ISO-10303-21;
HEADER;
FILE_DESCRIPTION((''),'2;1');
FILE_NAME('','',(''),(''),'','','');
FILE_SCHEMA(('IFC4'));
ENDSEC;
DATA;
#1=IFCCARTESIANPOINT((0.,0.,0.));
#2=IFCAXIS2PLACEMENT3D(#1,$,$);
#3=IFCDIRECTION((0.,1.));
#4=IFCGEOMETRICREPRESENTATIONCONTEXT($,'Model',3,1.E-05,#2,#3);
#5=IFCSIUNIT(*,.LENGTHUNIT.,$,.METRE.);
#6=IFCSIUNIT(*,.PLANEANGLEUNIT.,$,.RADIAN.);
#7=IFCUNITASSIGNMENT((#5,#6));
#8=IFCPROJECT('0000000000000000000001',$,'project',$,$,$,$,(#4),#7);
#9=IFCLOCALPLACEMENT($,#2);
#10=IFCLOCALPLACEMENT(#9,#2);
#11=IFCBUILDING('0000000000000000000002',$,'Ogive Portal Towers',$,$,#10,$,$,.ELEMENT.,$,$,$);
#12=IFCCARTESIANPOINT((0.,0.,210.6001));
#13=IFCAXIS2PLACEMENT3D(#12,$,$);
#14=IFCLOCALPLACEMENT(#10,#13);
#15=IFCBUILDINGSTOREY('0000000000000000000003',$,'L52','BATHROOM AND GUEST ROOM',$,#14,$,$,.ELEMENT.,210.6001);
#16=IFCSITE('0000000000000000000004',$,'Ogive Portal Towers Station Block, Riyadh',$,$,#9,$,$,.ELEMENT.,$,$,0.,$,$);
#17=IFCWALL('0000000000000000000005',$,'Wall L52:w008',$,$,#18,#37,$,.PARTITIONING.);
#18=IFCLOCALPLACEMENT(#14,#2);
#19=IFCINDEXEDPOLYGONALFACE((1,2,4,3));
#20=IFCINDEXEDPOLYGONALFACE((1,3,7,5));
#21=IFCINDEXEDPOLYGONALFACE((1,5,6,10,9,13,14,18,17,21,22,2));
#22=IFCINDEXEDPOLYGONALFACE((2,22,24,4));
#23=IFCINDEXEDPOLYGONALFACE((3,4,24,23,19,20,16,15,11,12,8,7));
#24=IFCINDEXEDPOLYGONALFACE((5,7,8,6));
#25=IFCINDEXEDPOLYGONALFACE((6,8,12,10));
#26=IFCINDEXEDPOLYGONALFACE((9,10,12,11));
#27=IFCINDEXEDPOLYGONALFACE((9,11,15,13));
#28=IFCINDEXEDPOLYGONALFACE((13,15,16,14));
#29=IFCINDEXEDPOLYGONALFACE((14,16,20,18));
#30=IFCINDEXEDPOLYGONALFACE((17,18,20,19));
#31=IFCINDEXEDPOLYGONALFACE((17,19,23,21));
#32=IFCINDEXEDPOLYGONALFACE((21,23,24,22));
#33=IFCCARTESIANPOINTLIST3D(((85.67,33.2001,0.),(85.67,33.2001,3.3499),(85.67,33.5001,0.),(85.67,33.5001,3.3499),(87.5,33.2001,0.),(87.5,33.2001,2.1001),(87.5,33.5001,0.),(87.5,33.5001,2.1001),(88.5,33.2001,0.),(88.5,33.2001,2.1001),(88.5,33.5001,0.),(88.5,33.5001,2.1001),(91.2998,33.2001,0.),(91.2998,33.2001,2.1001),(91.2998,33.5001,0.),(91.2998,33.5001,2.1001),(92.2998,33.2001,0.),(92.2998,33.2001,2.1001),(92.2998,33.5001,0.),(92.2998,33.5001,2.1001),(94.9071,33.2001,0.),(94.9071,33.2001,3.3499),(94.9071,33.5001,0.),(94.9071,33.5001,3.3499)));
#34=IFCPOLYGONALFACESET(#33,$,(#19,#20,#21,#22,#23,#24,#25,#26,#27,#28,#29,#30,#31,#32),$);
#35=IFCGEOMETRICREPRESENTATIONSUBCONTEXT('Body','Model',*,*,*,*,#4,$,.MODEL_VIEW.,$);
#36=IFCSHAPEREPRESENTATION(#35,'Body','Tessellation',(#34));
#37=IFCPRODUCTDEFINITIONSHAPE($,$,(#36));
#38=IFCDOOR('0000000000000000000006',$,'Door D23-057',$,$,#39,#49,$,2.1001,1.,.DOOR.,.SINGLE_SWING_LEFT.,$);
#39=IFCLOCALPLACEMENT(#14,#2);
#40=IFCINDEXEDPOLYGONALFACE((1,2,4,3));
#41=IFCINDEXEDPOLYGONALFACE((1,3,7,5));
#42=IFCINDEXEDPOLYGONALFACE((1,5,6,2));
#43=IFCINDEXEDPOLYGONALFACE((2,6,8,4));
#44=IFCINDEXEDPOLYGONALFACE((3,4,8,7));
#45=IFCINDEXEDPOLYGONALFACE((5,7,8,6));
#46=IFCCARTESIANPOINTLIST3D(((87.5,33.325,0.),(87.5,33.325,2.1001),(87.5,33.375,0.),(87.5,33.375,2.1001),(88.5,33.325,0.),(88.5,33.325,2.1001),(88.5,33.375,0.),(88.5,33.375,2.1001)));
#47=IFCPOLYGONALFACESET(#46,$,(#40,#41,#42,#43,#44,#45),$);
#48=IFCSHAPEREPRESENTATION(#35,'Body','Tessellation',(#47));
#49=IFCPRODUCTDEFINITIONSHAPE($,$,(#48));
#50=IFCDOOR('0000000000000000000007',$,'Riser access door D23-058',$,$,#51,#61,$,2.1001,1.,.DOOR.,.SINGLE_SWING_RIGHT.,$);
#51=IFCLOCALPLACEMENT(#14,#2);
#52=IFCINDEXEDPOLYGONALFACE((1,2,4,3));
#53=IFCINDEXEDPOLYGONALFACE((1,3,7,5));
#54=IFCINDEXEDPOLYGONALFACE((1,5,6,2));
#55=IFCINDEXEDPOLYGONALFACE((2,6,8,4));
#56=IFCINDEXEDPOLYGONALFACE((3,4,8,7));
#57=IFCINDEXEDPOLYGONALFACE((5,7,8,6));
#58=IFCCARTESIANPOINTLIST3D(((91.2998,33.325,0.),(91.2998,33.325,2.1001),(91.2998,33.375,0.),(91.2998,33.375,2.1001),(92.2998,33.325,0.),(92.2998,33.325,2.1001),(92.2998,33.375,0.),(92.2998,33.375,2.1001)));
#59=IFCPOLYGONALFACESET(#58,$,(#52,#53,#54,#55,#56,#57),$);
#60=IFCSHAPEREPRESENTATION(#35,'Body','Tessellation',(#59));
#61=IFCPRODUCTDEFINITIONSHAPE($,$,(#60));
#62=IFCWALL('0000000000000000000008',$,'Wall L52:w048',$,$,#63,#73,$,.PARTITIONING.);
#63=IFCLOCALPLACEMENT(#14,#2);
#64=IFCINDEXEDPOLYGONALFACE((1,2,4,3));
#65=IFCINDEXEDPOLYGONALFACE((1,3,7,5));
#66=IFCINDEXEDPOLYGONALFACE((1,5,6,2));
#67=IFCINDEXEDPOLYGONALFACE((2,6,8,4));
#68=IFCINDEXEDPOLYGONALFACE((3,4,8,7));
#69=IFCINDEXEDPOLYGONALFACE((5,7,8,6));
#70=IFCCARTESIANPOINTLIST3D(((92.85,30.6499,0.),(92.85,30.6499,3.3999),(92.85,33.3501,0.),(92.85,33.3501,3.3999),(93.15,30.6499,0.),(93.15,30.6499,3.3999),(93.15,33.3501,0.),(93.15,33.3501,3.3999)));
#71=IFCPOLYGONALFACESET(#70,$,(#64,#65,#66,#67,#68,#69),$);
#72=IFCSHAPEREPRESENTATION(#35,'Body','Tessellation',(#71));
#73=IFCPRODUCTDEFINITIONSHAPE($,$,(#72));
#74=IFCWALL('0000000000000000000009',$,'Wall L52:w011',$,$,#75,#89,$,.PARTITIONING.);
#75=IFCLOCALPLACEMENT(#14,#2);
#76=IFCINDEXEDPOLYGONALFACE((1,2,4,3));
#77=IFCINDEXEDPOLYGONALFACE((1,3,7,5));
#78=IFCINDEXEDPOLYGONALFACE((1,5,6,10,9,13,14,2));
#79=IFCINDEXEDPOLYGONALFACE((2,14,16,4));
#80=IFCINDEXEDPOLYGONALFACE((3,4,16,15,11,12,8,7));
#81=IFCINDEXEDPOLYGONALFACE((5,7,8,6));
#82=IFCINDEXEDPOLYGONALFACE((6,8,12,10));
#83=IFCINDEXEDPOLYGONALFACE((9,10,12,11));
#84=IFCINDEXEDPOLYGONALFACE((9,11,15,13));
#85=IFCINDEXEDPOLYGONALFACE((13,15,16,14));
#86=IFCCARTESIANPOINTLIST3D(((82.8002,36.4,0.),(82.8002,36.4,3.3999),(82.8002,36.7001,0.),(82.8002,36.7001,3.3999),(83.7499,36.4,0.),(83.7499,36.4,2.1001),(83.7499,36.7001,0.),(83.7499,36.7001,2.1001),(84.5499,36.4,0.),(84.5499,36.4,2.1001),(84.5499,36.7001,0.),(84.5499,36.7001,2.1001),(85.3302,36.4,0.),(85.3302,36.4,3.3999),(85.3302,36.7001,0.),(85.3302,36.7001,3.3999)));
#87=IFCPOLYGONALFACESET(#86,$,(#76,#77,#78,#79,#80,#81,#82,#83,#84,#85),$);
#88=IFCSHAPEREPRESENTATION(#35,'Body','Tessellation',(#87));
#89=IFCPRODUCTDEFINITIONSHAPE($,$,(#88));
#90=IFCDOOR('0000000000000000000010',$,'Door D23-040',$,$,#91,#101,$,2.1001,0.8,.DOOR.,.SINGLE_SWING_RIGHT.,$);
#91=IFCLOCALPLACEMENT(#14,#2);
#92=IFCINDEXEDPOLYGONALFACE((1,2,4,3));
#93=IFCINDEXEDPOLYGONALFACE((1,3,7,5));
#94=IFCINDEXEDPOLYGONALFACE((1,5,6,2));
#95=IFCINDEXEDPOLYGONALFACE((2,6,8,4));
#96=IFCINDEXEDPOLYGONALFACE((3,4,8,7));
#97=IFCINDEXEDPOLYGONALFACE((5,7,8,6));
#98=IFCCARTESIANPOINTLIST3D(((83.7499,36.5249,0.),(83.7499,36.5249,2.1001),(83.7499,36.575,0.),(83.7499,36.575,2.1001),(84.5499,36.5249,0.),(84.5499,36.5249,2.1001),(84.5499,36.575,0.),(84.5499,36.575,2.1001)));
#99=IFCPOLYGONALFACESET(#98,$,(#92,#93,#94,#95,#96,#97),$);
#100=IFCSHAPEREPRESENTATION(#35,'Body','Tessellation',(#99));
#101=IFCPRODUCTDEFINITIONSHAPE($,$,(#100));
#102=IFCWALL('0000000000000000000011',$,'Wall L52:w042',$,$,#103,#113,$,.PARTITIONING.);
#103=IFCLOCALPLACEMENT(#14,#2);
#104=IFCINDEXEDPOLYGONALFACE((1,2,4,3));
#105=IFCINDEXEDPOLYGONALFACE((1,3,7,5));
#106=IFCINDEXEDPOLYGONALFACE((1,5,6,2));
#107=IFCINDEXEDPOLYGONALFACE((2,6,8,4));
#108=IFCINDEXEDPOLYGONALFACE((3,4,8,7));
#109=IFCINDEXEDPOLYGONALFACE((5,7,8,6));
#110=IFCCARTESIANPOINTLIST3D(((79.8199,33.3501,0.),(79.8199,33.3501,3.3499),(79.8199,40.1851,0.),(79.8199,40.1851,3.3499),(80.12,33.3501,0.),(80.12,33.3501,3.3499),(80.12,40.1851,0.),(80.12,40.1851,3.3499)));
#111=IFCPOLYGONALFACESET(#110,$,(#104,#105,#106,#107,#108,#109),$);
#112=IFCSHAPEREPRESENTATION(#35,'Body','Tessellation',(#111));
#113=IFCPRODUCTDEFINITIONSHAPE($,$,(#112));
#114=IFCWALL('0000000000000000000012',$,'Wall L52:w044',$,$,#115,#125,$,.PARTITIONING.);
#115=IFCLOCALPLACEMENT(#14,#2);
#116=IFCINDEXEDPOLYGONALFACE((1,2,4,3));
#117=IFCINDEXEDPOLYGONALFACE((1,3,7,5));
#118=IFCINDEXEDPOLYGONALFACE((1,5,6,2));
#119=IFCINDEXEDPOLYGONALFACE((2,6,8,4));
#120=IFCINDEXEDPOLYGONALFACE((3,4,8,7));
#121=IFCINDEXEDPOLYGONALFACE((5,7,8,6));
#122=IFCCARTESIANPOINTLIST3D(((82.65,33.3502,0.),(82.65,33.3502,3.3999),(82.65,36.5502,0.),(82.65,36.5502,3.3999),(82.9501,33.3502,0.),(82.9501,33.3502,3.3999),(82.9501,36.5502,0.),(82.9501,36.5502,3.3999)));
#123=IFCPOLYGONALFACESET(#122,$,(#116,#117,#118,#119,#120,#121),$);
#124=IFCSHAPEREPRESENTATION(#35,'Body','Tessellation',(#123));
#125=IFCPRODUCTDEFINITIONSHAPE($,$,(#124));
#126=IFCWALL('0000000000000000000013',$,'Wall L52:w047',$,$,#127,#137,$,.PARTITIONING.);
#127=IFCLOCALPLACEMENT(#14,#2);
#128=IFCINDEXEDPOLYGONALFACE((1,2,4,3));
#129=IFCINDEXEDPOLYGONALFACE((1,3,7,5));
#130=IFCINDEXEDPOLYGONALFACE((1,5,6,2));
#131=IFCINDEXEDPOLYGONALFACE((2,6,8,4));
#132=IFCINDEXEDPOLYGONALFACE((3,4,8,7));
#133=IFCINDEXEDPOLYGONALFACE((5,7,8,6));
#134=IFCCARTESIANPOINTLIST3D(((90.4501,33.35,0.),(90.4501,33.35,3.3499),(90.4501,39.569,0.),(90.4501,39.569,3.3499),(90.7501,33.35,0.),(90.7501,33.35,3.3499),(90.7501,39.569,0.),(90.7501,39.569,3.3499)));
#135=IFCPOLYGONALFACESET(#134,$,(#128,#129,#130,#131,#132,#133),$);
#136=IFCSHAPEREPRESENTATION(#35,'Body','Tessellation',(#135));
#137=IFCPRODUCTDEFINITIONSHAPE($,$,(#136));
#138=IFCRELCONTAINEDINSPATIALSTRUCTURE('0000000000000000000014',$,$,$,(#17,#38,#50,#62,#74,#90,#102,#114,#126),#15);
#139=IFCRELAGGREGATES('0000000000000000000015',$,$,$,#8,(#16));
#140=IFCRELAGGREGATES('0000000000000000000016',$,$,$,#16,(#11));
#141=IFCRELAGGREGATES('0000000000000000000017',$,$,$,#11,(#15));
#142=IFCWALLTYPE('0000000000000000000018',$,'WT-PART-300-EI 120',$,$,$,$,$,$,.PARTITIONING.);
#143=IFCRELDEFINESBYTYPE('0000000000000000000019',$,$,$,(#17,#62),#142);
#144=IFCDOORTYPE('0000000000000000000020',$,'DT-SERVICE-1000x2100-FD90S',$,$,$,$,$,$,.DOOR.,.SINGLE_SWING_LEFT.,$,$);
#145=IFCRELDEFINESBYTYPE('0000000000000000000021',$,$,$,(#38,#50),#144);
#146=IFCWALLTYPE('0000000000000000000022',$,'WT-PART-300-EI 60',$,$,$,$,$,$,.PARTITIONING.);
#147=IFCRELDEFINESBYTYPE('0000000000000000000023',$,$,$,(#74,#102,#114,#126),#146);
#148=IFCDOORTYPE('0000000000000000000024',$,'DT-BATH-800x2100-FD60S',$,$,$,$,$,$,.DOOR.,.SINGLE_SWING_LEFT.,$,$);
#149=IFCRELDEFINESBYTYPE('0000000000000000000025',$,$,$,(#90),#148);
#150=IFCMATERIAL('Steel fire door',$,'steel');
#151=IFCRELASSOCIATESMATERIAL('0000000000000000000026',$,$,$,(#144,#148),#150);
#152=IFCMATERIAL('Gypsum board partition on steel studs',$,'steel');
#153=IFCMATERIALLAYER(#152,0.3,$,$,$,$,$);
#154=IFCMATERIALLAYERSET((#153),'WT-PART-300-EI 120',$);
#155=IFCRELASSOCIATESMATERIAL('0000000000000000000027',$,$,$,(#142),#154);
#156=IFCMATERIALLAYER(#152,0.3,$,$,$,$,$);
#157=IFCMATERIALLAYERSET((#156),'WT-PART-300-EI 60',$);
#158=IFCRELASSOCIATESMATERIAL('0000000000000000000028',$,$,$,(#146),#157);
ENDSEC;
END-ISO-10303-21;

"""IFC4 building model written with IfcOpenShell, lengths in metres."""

from ifc_helpers import new_model, si_unit, direction, frame, frame_2d, origin, place, context, subcontext, project, spatial, rectangle, extrude, material, layer, layer_set, type_object, element, fill, save


model = new_model("IFC4")

# Units and contexts
model_context = context("Model", 3, precision=1e-05, world=origin(), true_north=direction((0.0, 1.0)))
body_context = subcontext(model_context, "Body", "Model", "MODEL_VIEW")
ifc_project = project(units=[si_unit("LENGTHUNIT", "METRE"), si_unit("PLANEANGLEUNIT", "RADIAN")], contexts=[model_context])

# Site, building, storey
site_placement = place(None, origin())
site = spatial("IfcSite", under=ifc_project, at=site_placement, Name="Ogive Portal Towers Station Block, Riyadh", CompositionType="ELEMENT", RefElevation=0.0)
building_placement = place(site_placement, origin())
building = spatial("IfcBuilding", under=site, at=building_placement, Name="Ogive Portal Towers", CompositionType="ELEMENT")
storey_placement = place(building_placement, frame((0.0, 0.0, 210.6001)))
storey = spatial("IfcBuildingStorey", under=building, at=storey_placement, Name="L52", Description="BATHROOM AND GUEST ROOM", CompositionType="ELEMENT", Elevation=210.6001)

# Wall, openings, doors
ifc_material_1 = material(Name="Steel fire door", Category="steel")
door_type_1 = type_object("IfcDoorType", Name="DT-SERVICE-1000x2100-FD90S", OperationType="SINGLE_SWING_LEFT", PredefinedType="DOOR", material=ifc_material_1)
ifc_material_2 = material(Name="Gypsum board partition on steel studs", Category="steel")
ifc_layer_1 = layer(ifc_material_2, 0.3)
ifc_layer_set_1 = layer_set([ifc_layer_1], Name="WT-PART-300-EI 120")
wall_type_1 = type_object("IfcWallType", Name="WT-PART-300-EI 120", PredefinedType="PARTITIONING", material=ifc_layer_set_1)
wall_1_placement = place(storey_placement, frame((85.6699, 33.3501, 0.0), z_axis=(0.0, 0.0, 1.0), x_axis=(1.0, 0.0, 0.0)))
wall_1 = element("IfcWall", 1, at=wall_1_placement, inside=storey, type_object=wall_type_1, Name="Wall L52:w008", PredefinedType="PARTITIONING", context=body_context, shape_type="SweptSolid", body=[
    extrude(rectangle(XDim=9.2371, YDim=0.3, at=frame_2d((4.6187, 0.0))), origin(), (0.0, 0.0, 1.0), 3.3499),
])
opening_1_placement = place(wall_1_placement, frame((1.8301, 0.0, 0.0)))
opening_1 = element("IfcOpeningElement", 2, at=opening_1_placement, cuts=wall_1, PredefinedType="OPENING", context=body_context, shape_type="SweptSolid", body=[
    extrude(rectangle(XDim=1.0, YDim=2.1001, at=frame_2d((0.5, 1.05))), frame((0.0, 0.1602, 0.0), z_axis=(0.0, -1.0, 0.0), x_axis=(1.0, 0.0, 0.0)), (0.0, 0.0, 1.0), 0.3201),
])
opening_2_placement = place(wall_1_placement, frame((5.6299, 0.0, 0.0)))
opening_2 = element("IfcOpeningElement", 3, at=opening_2_placement, cuts=wall_1, PredefinedType="OPENING", context=body_context, shape_type="SweptSolid", body=[
    extrude(rectangle(XDim=1.0, YDim=2.1001, at=frame_2d((0.5, 1.05))), frame((0.0, 0.1602, 0.0), z_axis=(0.0, -1.0, 0.0), x_axis=(1.0, 0.0, 0.0)), (0.0, 0.0, 1.0), 0.3201),
])
door_1_placement = place(opening_1_placement, origin())
door_1 = element("IfcDoor", 4, at=door_1_placement, inside=storey, type_object=door_type_1, Name="Door D23-057", OperationType="SINGLE_SWING_LEFT", OverallHeight=2.1001, OverallWidth=1.0, PredefinedType="DOOR", context=body_context, shape_type="SweptSolid", body=[
    extrude(rectangle(XDim=1.0, YDim=2.1001, at=frame_2d((0.5, 1.05))), frame((0.0, 0.0249, 0.0), z_axis=(0.0, -1.0, 0.0), x_axis=(1.0, 0.0, 0.0)), (0.0, 0.0, 1.0), 0.05),
])
fill(opening_1, door_1)
door_2_placement = place(opening_2_placement, origin())
door_2 = element("IfcDoor", 5, at=door_2_placement, inside=storey, type_object=door_type_1, Name="Riser access door D23-058", OperationType="SINGLE_SWING_RIGHT", OverallHeight=2.1001, OverallWidth=1.0, PredefinedType="DOOR", context=body_context, shape_type="SweptSolid", body=[
    extrude(rectangle(XDim=1.0, YDim=2.1001, at=frame_2d((0.5, 1.05))), frame((0.0, 0.0249, 0.0), z_axis=(0.0, -1.0, 0.0), x_axis=(1.0, 0.0, 0.0)), (0.0, 0.0, 1.0), 0.05),
])
fill(opening_2, door_2)

# Wall
wall_2_placement = place(storey_placement, frame((93.0, 30.6499, 0.0), z_axis=(0.0, 0.0, 1.0), x_axis=(0.0, 1.0, 0.0)))
element("IfcWall", 6, at=wall_2_placement, inside=storey, type_object=wall_type_1, Name="Wall L52:w048", PredefinedType="PARTITIONING", context=body_context, shape_type="SweptSolid", body=[
    extrude(rectangle(XDim=2.7002, YDim=0.3, at=frame_2d((1.3501, 0.0))), origin(), (0.0, 0.0, 1.0), 3.3999),
])

# Wall, opening, door
ifc_layer_2 = layer(ifc_material_2, 0.3)
ifc_layer_set_2 = layer_set([ifc_layer_2], Name="WT-PART-300-EI 60")
wall_type_2 = type_object("IfcWallType", Name="WT-PART-300-EI 60", PredefinedType="PARTITIONING", material=ifc_layer_set_2)
wall_3_placement = place(storey_placement, frame((82.8, 36.55, 0.0), z_axis=(0.0, 0.0, 1.0), x_axis=(1.0, 0.0, 0.0)))
wall_3 = element("IfcWall", 7, at=wall_3_placement, inside=storey, type_object=wall_type_2, Name="Wall L52:w011", PredefinedType="PARTITIONING", context=body_context, shape_type="SweptSolid", body=[
    extrude(rectangle(XDim=2.53, YDim=0.3, at=frame_2d((1.2651, 0.0))), origin(), (0.0, 0.0, 1.0), 3.3999),
])
opening_3_placement = place(wall_3_placement, frame((0.95, 0.0, 0.0)))
opening_3 = element("IfcOpeningElement", 8, at=opening_3_placement, cuts=wall_3, PredefinedType="OPENING", context=body_context, shape_type="SweptSolid", body=[
    extrude(rectangle(XDim=0.8, YDim=2.1001, at=frame_2d((0.3999, 1.05))), frame((0.0, 0.1602, 0.0), z_axis=(0.0, -1.0, 0.0), x_axis=(1.0, 0.0, 0.0)), (0.0, 0.0, 1.0), 0.3201),
])
door_type_2 = type_object("IfcDoorType", Name="DT-BATH-800x2100-FD60S", OperationType="SINGLE_SWING_LEFT", PredefinedType="DOOR", material=ifc_material_1)
door_3_placement = place(opening_3_placement, origin())
door_3 = element("IfcDoor", 9, at=door_3_placement, inside=storey, type_object=door_type_2, Name="Door D23-040", OperationType="SINGLE_SWING_RIGHT", OverallHeight=2.1001, OverallWidth=0.8, PredefinedType="DOOR", context=body_context, shape_type="SweptSolid", body=[
    extrude(rectangle(XDim=0.8, YDim=2.1001, at=frame_2d((0.3999, 1.05))), frame((0.0, 0.0249, 0.0), z_axis=(0.0, -1.0, 0.0), x_axis=(1.0, 0.0, 0.0)), (0.0, 0.0, 1.0), 0.05),
])
fill(opening_3, door_3)

# Walls
wall_4_placement = place(storey_placement, frame((79.97, 33.3501, 0.0), z_axis=(0.0, 0.0, 1.0), x_axis=(0.0, 1.0, 0.0)))
element("IfcWall", 10, at=wall_4_placement, inside=storey, type_object=wall_type_2, Name="Wall L52:w042", PredefinedType="PARTITIONING", context=body_context, shape_type="SweptSolid", body=[
    extrude(rectangle(XDim=6.835, YDim=0.3, at=frame_2d((3.4175, 0.0))), origin(), (0.0, 0.0, 1.0), 3.3499),
])
wall_5_placement = place(storey_placement, frame((82.8, 33.3501, 0.0), z_axis=(0.0, 0.0, 1.0), x_axis=(0.0, 1.0, 0.0)))
element("IfcWall", 11, at=wall_5_placement, inside=storey, type_object=wall_type_2, Name="Wall L52:w044", PredefinedType="PARTITIONING", context=body_context, shape_type="SweptSolid", body=[
    extrude(rectangle(XDim=3.2, YDim=0.3, at=frame_2d((1.6001, 0.0))), origin(), (0.0, 0.0, 1.0), 3.3999),
])
wall_6_placement = place(storey_placement, frame((90.6001, 33.3501, 0.0), z_axis=(0.0, 0.0, 1.0), x_axis=(0.0, 1.0, 0.0)))
element("IfcWall", 12, at=wall_6_placement, inside=storey, type_object=wall_type_2, Name="Wall L52:w047", PredefinedType="PARTITIONING", context=body_context, shape_type="SweptSolid", body=[
    extrude(rectangle(XDim=6.219, YDim=0.3, at=frame_2d((3.1094, 0.0))), origin(), (0.0, 0.0, 1.0), 3.3499),
])

save(model, "model.ifc")
